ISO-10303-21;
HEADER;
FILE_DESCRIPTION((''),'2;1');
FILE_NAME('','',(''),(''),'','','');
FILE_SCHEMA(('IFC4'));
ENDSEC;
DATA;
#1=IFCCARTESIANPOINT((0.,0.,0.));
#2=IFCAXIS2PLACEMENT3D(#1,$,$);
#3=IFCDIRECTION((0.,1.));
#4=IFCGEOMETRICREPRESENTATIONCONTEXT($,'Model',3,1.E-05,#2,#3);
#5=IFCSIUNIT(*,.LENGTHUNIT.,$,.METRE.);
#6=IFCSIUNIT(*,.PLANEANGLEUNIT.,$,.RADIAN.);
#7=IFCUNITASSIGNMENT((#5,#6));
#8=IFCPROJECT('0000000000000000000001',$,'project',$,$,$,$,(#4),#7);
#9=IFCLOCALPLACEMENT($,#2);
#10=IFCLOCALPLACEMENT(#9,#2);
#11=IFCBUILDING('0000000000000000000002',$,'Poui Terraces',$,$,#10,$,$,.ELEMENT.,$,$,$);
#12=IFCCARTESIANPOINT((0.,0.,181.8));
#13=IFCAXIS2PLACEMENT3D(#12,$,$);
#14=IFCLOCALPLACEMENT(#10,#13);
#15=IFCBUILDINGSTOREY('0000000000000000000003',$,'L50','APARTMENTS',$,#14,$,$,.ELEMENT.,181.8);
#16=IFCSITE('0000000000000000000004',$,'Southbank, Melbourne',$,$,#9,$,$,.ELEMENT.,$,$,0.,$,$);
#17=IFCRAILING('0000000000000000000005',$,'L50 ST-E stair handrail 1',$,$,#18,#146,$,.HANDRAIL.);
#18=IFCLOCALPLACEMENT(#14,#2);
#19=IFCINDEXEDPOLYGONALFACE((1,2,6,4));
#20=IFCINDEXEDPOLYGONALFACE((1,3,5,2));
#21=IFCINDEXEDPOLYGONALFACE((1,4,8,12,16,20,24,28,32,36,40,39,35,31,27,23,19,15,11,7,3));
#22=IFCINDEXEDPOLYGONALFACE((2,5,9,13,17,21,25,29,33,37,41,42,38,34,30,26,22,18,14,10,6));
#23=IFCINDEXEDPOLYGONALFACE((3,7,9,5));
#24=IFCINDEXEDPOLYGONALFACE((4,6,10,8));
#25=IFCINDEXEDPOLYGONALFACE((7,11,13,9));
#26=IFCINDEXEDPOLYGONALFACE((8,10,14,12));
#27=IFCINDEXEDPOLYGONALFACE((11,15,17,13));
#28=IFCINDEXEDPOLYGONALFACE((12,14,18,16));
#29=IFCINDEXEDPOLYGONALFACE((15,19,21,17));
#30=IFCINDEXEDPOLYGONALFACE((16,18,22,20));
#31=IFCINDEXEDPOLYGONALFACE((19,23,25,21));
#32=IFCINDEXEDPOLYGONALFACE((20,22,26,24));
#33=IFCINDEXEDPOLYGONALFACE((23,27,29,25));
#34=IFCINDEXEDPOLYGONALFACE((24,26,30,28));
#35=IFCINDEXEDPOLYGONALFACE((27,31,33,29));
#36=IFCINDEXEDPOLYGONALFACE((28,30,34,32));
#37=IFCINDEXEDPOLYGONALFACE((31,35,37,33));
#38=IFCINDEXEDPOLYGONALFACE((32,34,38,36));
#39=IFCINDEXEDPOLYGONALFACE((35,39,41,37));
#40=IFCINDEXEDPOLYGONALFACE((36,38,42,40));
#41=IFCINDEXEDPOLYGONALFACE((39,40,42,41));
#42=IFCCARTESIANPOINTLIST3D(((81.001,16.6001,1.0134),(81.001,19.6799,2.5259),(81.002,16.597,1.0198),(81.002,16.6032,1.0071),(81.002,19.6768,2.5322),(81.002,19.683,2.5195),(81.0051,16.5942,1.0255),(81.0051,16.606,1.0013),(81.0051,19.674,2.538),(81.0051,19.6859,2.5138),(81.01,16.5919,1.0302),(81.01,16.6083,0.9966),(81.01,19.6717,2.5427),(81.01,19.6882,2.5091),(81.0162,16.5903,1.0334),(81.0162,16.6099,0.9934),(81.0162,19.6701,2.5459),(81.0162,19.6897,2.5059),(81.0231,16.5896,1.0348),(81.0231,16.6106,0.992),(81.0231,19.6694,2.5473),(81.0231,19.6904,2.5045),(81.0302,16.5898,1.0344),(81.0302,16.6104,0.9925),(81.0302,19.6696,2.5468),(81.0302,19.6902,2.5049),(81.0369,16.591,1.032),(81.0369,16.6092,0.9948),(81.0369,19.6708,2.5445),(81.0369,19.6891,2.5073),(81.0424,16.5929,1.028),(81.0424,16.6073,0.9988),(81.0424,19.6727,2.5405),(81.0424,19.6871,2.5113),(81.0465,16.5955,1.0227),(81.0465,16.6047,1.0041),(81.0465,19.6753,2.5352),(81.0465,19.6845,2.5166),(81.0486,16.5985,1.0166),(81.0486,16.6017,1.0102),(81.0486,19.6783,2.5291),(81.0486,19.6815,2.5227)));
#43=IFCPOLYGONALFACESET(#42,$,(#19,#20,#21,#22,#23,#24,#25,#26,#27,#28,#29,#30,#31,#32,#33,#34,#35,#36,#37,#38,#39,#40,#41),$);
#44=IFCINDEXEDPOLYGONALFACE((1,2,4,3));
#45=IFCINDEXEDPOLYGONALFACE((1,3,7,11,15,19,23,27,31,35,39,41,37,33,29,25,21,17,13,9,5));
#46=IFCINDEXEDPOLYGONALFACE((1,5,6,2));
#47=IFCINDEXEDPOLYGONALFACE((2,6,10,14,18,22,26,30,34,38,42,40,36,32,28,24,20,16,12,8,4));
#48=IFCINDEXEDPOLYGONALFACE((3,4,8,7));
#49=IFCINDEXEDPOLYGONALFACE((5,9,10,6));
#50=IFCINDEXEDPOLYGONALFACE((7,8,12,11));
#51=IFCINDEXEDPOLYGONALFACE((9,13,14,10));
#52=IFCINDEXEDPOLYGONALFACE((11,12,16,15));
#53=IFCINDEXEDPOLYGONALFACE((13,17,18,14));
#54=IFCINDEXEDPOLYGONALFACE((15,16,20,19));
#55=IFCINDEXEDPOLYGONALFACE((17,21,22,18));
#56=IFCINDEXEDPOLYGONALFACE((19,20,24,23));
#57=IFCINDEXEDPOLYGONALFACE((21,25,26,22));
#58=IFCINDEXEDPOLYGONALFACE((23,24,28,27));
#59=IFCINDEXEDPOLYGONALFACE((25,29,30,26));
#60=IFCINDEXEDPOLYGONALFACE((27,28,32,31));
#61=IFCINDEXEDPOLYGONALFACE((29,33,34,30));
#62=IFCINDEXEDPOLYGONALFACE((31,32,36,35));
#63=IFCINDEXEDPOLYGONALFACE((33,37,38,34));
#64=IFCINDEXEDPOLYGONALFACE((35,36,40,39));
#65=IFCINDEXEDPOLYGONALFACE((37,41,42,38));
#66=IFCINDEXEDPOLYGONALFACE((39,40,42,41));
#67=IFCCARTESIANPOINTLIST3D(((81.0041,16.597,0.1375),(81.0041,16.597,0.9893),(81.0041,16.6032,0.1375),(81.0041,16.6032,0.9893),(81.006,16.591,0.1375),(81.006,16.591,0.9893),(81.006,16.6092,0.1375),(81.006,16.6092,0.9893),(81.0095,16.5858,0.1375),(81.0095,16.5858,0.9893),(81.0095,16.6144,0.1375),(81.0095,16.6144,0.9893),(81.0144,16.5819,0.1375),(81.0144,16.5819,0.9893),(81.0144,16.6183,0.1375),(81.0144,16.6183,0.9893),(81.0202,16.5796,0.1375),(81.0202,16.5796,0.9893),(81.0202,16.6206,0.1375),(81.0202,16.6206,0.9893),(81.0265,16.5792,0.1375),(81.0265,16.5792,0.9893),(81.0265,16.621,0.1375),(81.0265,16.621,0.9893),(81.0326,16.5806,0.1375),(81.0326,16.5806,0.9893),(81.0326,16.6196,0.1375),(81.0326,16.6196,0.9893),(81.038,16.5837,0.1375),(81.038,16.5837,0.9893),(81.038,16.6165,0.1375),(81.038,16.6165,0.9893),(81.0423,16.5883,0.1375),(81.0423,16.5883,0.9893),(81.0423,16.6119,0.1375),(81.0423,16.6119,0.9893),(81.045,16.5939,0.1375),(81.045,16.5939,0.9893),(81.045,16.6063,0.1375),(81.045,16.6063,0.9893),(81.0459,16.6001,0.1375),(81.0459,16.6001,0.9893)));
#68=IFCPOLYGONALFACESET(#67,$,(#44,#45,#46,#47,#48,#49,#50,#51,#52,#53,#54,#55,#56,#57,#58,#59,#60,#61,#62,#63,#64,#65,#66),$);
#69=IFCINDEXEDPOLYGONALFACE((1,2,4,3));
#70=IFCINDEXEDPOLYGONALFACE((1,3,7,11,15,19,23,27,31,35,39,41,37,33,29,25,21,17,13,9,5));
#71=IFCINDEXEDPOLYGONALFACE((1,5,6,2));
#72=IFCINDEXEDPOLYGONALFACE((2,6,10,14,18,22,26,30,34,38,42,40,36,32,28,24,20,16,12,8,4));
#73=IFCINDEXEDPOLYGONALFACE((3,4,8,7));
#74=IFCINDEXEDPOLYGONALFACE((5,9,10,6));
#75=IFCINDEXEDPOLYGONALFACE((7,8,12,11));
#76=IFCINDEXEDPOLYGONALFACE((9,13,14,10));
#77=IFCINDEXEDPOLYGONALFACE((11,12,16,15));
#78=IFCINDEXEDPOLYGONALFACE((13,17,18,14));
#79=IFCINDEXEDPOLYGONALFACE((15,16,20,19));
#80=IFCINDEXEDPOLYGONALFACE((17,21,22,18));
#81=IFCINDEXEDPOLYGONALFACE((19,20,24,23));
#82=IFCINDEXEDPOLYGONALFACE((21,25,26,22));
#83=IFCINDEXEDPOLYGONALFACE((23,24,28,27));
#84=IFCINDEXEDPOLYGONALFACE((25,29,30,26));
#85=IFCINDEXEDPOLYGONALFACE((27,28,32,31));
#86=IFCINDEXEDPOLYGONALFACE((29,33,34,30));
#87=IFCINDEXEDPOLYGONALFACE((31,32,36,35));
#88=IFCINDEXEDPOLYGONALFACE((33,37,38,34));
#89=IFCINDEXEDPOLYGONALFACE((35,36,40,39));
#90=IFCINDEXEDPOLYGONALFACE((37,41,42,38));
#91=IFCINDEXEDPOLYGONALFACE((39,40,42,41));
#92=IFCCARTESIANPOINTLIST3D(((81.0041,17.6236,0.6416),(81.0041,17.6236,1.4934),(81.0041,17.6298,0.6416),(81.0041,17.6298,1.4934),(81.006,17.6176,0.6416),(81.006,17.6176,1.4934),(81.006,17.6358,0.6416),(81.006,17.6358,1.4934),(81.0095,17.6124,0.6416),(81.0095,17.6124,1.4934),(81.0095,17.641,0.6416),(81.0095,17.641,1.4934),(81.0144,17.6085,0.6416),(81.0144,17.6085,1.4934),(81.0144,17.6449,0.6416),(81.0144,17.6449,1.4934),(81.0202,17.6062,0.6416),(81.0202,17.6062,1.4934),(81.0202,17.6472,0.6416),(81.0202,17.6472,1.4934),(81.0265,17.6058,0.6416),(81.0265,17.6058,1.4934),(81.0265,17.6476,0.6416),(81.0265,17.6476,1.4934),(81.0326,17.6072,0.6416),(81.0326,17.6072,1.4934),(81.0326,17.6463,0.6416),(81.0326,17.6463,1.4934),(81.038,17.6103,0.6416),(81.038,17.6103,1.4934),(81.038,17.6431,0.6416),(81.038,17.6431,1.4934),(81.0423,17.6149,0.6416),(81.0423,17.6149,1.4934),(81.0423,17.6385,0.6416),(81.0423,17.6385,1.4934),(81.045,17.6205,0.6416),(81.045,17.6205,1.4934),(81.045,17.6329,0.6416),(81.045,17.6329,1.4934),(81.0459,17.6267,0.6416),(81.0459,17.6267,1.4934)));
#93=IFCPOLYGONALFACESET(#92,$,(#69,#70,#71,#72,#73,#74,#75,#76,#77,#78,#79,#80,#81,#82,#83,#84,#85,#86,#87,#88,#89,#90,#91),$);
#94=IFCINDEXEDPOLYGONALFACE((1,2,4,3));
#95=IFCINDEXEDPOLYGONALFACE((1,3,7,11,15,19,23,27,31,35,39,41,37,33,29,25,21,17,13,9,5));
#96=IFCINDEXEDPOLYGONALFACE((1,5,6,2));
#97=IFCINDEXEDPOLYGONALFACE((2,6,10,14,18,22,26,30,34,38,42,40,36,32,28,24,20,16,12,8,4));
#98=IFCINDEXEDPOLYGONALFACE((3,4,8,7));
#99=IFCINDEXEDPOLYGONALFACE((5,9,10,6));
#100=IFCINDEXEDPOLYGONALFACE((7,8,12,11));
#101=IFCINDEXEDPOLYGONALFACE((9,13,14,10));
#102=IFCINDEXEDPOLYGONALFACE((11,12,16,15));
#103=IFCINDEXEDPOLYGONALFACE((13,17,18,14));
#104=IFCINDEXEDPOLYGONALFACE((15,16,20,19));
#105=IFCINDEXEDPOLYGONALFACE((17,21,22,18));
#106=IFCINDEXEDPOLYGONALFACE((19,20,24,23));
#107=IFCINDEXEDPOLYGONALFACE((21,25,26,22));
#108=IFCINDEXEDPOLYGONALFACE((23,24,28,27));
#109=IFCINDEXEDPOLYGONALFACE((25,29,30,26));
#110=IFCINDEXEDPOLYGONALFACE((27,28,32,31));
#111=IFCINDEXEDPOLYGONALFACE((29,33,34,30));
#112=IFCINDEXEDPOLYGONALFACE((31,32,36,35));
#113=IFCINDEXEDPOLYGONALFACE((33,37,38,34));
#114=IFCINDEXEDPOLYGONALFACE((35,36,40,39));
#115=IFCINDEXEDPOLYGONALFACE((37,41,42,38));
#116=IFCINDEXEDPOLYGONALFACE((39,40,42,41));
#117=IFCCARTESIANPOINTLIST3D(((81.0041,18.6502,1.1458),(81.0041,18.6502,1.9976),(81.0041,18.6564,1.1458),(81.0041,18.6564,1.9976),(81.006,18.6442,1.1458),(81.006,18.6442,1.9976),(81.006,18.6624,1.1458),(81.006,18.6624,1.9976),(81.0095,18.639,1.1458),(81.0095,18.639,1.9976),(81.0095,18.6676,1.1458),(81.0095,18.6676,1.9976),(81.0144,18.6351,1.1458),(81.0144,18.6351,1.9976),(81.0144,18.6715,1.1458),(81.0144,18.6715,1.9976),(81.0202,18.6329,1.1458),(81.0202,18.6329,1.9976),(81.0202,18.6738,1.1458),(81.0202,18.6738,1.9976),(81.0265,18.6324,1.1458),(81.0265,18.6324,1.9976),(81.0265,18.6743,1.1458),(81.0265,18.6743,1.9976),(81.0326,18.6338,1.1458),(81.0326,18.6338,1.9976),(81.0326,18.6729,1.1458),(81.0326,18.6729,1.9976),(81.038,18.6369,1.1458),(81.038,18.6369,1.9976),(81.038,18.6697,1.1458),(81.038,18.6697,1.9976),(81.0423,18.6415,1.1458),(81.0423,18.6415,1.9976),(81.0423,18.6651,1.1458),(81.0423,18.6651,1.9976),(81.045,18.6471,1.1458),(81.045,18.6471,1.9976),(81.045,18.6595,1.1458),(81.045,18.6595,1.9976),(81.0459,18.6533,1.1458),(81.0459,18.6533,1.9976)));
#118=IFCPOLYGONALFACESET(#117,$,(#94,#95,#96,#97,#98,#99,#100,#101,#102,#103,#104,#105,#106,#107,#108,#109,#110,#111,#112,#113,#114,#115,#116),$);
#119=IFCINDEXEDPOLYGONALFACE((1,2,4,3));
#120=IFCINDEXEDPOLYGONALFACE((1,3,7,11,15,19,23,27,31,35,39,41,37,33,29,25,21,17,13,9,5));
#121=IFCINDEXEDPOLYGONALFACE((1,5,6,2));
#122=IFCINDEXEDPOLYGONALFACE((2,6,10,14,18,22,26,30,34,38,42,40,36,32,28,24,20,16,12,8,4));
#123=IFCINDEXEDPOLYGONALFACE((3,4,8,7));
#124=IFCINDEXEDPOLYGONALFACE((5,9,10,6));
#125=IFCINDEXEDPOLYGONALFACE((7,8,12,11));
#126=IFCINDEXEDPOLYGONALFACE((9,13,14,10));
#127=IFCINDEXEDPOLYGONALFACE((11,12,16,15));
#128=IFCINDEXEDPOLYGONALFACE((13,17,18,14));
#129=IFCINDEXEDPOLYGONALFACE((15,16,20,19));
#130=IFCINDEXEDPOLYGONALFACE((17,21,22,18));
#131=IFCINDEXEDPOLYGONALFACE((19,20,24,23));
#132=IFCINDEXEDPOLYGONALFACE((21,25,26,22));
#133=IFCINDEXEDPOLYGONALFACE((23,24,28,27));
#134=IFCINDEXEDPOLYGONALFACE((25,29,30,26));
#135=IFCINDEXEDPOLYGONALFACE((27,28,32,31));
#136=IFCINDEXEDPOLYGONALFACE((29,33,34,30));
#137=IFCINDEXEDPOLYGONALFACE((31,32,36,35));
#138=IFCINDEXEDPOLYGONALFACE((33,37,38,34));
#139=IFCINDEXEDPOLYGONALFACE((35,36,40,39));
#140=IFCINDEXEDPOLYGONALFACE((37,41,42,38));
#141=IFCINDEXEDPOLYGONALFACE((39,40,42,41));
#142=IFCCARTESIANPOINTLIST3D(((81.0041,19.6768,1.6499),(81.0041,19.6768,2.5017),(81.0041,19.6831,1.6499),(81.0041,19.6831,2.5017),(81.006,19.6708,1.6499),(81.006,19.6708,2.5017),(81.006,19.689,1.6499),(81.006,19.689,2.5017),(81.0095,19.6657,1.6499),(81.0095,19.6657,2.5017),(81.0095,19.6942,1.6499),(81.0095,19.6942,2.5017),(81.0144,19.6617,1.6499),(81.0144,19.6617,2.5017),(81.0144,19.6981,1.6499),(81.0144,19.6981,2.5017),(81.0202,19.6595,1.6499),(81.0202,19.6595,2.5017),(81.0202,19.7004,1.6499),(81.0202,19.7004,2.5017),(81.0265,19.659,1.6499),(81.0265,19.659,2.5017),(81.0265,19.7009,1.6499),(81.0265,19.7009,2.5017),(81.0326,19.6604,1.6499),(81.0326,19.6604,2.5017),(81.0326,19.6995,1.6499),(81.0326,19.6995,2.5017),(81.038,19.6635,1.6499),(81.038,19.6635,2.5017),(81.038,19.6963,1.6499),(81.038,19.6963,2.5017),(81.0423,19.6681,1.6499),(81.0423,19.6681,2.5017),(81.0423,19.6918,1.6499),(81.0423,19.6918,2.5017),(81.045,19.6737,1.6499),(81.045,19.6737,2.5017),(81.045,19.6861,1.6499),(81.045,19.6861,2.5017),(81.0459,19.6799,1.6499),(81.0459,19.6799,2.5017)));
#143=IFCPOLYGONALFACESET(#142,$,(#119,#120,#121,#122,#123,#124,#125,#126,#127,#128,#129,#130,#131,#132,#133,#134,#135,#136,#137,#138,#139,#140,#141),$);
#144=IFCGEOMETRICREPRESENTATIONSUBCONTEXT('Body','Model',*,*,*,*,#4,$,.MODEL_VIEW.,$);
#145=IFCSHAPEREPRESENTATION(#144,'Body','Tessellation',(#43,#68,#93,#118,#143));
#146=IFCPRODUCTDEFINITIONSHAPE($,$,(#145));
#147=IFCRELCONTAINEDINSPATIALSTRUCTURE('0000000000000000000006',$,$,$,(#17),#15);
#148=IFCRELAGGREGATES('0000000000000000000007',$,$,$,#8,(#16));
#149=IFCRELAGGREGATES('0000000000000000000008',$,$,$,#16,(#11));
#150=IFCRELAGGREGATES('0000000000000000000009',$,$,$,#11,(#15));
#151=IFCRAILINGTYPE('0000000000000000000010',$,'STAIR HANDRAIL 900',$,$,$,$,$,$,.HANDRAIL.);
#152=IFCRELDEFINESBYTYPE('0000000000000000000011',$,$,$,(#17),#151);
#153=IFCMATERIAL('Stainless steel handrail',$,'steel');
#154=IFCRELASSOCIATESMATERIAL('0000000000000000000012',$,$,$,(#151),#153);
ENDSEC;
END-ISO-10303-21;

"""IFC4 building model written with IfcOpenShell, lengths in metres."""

from ifc_helpers import new_model, si_unit, direction, frame, origin, origin_2d, place, context, subcontext, project, spatial, circle, extrude, material, type_object, element, save


model = new_model("IFC4")

# Units and contexts
model_context = context("Model", 3, precision=1e-05, world=origin(), true_north=direction((0.0, 1.0)))
body_context = subcontext(model_context, "Body", "Model", "MODEL_VIEW")
ifc_project = project(units=[si_unit("LENGTHUNIT", "METRE"), si_unit("PLANEANGLEUNIT", "RADIAN")], contexts=[model_context])

# Site, building, storey
site_placement = place(None, origin())
site = spatial("IfcSite", under=ifc_project, at=site_placement, Name="Southbank, Melbourne", CompositionType="ELEMENT", RefElevation=0.0)
building_placement = place(site_placement, origin())
building = spatial("IfcBuilding", under=site, at=building_placement, Name="Poui Terraces", CompositionType="ELEMENT")
storey_placement = place(building_placement, frame((0.0, 0.0, 181.8)))
storey = spatial("IfcBuildingStorey", under=building, at=storey_placement, Name="L50", Description="APARTMENTS", CompositionType="ELEMENT", Elevation=181.8)

# Railing
ifc_material_1 = material(Name="Stainless steel handrail", Category="steel")
railing_type_1 = type_object("IfcRailingType", Name="STAIR HANDRAIL 900", PredefinedType="HANDRAIL", material=ifc_material_1)
railing_1_placement = place(storey_placement, frame((81.0249, 16.6001, 0.1375)))
element("IfcRailing", 1, at=railing_1_placement, inside=storey, type_object=railing_type_1, Name="L50 ST-E stair handrail 1", PredefinedType="HANDRAIL", context=body_context, shape_type="SweptSolid", body=[
    extrude(circle(Radius=0.0239, at=origin_2d()), frame((0.0, 0.0, 0.876), z_axis=(0.0, 0.897606, 0.440798), x_axis=(-1.0, 0.0, 0.0)), (0.0, 0.0, 1.0), 3.4312),
    extrude(circle(Radius=0.021, at=origin_2d()), origin(), (0.0, 0.0, 1.0), 0.8518),
    extrude(circle(Radius=0.021, at=origin_2d()), frame((0.0, 1.0266, 0.5042)), (0.0, 0.0, 1.0), 0.8518),
    extrude(circle(Radius=0.021, at=origin_2d()), frame((0.0, 2.0532, 1.0083)), (0.0, 0.0, 1.0), 0.8518),
    extrude(circle(Radius=0.021, at=origin_2d()), frame((0.0, 3.0798, 1.5125)), (0.0, 0.0, 1.0), 0.8518),
])

save(model, "model.ifc")
